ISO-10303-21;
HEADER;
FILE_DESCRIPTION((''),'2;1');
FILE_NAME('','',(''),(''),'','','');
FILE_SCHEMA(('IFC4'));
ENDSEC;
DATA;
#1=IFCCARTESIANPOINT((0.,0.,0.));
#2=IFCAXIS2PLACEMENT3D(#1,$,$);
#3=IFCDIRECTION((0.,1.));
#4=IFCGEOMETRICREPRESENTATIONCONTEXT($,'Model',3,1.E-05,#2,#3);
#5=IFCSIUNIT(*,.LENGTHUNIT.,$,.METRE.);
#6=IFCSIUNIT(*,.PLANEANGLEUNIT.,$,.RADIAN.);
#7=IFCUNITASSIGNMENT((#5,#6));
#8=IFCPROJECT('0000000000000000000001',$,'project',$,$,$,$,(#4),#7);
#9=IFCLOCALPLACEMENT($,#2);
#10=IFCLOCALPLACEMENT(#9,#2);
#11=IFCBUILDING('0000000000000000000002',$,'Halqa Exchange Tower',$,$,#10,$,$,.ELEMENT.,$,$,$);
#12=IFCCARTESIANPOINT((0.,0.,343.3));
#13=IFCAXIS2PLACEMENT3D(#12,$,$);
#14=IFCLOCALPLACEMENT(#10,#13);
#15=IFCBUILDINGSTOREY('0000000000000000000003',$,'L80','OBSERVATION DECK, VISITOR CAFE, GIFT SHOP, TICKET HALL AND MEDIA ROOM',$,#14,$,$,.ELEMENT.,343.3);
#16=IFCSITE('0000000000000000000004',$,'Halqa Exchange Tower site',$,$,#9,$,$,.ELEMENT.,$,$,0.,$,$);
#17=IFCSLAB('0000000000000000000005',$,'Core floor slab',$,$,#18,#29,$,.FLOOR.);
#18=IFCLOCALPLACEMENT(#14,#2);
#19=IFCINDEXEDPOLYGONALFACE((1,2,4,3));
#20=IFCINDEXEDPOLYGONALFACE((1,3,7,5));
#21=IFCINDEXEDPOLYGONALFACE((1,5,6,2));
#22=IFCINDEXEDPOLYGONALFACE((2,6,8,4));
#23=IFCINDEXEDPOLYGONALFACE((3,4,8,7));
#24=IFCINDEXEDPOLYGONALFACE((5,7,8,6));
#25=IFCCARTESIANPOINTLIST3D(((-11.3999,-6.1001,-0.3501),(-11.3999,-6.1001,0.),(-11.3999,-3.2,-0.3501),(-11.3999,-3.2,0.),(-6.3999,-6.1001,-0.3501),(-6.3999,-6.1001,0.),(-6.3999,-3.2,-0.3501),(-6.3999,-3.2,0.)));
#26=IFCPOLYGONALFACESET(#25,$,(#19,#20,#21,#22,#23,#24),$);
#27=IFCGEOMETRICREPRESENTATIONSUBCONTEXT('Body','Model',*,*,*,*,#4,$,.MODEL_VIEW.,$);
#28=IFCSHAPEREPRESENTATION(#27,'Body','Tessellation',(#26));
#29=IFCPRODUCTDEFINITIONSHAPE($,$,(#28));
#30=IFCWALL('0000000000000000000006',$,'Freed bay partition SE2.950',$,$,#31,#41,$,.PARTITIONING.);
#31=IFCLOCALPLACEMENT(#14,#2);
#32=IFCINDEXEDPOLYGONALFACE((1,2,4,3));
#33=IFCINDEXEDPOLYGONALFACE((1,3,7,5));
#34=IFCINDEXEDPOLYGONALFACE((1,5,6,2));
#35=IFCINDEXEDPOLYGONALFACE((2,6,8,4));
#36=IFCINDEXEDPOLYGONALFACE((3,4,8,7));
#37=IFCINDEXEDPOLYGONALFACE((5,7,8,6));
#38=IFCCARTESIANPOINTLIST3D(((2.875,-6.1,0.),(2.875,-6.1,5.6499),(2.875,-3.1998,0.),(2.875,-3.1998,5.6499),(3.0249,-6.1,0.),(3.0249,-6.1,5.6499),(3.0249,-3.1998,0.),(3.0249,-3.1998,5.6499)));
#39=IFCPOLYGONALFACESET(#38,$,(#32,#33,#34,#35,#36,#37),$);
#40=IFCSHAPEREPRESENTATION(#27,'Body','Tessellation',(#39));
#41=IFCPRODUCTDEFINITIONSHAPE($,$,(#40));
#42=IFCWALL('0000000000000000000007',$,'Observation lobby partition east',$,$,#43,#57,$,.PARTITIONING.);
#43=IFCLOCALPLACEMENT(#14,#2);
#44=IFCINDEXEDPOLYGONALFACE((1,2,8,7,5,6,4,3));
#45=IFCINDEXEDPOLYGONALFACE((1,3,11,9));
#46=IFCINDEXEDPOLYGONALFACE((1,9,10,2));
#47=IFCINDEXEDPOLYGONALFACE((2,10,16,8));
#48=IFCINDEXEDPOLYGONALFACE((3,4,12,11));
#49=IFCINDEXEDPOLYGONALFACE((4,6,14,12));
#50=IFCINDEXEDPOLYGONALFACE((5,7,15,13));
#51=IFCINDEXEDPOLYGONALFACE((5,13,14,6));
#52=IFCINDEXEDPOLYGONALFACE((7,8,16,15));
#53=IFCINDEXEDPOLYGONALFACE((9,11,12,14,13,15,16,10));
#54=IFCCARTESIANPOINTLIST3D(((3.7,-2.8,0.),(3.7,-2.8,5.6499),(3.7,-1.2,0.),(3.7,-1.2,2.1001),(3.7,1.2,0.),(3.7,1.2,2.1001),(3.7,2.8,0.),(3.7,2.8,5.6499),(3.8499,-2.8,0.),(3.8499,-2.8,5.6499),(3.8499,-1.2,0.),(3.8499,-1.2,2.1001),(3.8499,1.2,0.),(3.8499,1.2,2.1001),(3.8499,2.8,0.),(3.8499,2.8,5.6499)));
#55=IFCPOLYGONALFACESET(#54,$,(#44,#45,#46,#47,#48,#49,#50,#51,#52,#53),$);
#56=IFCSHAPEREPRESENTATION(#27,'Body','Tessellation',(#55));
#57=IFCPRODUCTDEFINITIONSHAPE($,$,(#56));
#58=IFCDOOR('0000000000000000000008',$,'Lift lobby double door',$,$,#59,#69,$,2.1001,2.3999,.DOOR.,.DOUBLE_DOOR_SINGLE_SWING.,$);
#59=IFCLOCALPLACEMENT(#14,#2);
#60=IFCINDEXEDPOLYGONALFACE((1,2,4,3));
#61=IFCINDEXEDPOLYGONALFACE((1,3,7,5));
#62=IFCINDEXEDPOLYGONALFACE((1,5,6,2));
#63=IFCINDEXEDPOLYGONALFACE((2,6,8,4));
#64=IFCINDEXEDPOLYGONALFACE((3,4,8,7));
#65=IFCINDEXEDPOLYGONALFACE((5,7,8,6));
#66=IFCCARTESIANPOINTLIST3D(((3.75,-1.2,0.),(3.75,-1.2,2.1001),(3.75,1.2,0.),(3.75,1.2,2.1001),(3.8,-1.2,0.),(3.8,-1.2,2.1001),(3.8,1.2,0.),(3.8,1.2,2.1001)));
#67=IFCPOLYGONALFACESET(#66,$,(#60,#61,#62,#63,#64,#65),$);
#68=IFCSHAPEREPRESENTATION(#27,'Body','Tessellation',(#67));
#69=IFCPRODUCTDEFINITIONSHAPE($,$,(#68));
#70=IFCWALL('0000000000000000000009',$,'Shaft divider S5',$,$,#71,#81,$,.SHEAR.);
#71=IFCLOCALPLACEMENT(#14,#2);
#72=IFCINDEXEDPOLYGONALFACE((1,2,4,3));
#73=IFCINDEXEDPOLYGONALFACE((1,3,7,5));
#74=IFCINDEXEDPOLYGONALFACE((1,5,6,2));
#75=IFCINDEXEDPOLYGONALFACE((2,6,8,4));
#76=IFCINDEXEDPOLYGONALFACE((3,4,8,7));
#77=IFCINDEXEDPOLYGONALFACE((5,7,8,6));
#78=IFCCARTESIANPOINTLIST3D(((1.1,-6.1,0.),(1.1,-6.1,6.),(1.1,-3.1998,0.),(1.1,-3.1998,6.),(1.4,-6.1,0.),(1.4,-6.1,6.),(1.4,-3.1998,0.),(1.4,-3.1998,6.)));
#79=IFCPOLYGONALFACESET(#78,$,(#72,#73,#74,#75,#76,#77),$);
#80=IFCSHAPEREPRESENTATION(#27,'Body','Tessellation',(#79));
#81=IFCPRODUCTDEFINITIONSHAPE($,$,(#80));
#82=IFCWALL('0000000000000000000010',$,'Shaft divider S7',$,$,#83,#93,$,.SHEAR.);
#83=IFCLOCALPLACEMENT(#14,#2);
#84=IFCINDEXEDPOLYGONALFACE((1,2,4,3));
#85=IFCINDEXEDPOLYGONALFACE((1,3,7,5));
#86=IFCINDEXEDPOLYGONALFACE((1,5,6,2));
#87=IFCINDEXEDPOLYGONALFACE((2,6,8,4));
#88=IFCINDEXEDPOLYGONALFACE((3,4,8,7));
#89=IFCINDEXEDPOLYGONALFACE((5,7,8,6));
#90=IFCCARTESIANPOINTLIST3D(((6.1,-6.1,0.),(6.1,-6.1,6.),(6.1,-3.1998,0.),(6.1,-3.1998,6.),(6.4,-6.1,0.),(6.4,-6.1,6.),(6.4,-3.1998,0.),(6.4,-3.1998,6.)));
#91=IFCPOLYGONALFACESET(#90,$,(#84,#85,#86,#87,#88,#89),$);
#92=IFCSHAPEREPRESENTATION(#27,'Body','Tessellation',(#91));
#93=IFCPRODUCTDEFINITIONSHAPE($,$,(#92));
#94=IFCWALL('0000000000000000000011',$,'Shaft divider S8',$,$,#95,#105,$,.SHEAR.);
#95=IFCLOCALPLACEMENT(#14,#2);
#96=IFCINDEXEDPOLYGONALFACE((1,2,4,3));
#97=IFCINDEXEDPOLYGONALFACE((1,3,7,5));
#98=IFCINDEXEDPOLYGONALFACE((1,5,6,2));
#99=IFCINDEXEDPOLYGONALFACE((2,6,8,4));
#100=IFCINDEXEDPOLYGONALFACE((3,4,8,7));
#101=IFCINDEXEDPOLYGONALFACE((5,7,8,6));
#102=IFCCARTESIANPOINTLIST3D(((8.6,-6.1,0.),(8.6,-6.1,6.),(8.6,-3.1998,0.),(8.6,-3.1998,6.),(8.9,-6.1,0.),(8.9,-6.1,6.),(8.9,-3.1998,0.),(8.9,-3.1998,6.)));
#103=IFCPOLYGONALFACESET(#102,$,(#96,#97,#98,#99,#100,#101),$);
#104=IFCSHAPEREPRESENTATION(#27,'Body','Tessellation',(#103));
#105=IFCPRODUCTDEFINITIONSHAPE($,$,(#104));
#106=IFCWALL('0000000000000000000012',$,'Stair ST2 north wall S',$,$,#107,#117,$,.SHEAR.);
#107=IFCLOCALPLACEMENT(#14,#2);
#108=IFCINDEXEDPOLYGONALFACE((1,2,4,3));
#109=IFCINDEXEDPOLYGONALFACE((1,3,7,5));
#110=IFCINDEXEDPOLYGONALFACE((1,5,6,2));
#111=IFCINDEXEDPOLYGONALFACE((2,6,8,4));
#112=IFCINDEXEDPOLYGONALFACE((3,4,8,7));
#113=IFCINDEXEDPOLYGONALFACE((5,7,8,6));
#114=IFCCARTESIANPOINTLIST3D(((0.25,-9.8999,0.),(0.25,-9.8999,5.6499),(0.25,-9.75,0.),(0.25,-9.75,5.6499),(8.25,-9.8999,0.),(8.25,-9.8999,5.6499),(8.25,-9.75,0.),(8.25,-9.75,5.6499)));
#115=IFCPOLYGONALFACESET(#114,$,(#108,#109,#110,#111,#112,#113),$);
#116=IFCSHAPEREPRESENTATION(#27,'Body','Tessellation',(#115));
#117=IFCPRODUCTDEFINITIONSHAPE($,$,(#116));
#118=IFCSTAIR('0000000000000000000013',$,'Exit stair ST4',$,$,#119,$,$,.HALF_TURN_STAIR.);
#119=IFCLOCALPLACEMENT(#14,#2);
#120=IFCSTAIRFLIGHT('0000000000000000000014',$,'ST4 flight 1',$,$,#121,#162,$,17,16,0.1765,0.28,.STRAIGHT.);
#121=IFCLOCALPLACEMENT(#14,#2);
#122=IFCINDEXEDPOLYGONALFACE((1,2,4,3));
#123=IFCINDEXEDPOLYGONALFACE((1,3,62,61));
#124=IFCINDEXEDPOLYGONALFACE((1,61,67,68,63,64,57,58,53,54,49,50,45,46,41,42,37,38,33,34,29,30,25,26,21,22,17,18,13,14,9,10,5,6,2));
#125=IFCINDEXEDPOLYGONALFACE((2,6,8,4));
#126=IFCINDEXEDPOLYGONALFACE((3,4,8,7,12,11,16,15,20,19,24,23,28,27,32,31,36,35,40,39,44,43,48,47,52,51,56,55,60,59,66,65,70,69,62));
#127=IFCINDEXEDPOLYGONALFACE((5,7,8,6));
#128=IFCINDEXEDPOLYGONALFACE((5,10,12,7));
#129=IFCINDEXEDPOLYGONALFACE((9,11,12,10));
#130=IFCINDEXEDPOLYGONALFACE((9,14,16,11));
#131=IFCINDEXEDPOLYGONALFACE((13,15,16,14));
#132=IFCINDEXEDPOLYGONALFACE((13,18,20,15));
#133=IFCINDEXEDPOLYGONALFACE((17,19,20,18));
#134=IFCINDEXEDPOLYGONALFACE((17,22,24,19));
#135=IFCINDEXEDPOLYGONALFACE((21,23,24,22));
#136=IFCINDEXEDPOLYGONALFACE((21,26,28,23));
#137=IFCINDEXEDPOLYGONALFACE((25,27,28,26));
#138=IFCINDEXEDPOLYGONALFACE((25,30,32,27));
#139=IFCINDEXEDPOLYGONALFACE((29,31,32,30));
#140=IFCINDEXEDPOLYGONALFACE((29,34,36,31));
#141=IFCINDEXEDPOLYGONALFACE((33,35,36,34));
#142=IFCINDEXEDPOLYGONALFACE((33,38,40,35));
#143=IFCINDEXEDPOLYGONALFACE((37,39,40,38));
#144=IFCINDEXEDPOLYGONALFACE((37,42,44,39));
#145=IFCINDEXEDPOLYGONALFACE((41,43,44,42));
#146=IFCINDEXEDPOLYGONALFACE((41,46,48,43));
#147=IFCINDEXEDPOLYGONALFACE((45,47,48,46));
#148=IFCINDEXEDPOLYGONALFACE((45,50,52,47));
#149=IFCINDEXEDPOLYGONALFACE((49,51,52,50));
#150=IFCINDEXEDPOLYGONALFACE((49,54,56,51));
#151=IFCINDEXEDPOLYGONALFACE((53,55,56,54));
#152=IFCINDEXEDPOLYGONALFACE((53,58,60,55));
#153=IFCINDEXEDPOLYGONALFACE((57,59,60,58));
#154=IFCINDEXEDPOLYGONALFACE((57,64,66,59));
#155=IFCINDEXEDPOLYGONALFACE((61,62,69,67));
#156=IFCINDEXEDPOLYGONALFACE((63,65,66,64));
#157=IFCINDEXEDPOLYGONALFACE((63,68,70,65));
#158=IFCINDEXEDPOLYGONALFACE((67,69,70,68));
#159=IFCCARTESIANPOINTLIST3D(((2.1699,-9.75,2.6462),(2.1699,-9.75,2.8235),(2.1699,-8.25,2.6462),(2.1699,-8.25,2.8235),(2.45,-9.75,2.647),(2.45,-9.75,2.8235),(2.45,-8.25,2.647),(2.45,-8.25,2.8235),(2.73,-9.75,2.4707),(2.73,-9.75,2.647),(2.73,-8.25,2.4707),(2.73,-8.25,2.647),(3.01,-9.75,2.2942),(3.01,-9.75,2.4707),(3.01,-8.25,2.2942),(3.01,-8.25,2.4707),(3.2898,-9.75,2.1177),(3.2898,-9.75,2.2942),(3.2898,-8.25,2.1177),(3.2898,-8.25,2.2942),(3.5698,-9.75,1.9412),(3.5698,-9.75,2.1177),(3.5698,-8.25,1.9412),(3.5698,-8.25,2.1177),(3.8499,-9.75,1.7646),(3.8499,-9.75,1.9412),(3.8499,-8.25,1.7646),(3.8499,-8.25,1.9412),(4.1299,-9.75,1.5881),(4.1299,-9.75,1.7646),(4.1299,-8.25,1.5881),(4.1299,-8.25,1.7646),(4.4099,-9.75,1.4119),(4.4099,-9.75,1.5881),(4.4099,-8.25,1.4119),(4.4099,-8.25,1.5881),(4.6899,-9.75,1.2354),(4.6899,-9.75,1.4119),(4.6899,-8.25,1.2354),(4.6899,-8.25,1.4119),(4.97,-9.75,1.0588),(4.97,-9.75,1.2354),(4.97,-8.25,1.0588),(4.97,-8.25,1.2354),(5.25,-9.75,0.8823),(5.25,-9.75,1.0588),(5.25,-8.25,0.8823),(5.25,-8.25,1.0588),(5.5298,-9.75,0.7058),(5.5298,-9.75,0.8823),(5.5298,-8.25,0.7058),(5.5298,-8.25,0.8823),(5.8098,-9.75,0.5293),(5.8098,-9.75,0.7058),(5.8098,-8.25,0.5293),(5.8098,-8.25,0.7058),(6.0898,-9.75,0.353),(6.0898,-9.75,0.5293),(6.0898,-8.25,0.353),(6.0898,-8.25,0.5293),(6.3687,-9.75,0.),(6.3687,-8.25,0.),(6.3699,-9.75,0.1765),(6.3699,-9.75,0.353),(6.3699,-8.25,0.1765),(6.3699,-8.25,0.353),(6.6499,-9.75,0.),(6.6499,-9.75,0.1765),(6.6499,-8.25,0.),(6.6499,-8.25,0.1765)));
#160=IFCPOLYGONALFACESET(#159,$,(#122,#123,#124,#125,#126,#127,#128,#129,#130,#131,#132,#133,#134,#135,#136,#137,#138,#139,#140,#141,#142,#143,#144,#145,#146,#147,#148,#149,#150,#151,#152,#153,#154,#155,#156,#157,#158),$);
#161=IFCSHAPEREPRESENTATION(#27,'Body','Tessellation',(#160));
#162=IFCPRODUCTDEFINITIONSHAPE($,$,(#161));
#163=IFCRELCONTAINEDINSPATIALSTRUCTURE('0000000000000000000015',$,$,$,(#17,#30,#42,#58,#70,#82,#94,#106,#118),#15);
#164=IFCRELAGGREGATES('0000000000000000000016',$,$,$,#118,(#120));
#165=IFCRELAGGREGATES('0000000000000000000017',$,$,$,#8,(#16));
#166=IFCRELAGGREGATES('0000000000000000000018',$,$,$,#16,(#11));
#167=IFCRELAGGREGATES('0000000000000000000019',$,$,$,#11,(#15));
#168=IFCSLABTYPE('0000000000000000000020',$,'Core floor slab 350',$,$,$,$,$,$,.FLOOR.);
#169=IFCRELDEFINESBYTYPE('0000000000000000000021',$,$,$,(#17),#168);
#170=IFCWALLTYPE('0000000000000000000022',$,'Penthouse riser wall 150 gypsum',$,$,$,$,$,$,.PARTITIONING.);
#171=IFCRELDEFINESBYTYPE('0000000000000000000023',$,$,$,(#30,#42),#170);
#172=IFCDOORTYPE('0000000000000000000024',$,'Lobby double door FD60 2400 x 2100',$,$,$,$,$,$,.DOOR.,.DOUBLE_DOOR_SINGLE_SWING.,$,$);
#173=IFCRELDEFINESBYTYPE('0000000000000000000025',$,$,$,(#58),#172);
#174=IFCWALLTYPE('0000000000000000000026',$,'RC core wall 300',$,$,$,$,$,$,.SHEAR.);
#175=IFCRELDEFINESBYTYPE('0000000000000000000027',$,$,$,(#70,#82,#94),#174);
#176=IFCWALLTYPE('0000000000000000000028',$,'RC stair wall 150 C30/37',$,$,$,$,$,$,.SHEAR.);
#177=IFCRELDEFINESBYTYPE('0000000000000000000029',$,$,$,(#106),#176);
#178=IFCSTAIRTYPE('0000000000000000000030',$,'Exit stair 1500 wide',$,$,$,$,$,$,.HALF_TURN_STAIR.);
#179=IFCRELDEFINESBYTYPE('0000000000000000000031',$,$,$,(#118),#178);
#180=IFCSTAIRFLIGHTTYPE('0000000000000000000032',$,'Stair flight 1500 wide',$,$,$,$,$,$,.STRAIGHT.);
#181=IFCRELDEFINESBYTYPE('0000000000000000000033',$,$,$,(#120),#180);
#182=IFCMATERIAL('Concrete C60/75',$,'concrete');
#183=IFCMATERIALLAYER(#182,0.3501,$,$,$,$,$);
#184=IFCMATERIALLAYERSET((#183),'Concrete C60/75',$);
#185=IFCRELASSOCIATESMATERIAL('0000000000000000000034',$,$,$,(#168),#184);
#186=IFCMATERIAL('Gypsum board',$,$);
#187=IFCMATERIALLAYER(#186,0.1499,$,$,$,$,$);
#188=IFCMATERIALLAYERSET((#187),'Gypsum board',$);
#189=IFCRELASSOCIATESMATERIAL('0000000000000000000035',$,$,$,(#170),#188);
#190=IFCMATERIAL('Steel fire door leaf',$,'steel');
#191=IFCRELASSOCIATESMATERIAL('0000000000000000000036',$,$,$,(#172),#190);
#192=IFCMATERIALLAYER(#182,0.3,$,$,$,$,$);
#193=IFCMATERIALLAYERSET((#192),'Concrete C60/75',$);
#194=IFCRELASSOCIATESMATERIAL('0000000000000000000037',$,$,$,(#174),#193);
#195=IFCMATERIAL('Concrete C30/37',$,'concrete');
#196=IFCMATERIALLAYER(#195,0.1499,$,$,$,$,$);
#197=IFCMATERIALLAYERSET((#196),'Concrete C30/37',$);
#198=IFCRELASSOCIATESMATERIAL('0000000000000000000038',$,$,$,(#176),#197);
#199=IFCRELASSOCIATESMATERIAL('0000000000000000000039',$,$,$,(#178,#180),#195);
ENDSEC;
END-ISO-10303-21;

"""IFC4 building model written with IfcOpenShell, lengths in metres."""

from ifc_helpers import new_model, si_unit, direction, frame, frame_2d, origin, place, context, subcontext, project, spatial, polyline, rectangle, outline, extrude, material, layer, layer_set, type_object, element, fill, aggregate, save


model = new_model("IFC4")

# Units and contexts
model_context = context("Model", 3, precision=1e-05, world=origin(), true_north=direction((0.0, 1.0)))
body_context = subcontext(model_context, "Body", "Model", "MODEL_VIEW")
ifc_project = project(units=[si_unit("LENGTHUNIT", "METRE"), si_unit("PLANEANGLEUNIT", "RADIAN")], contexts=[model_context])

# Site, building, storey
site_placement = place(None, origin())
site = spatial("IfcSite", under=ifc_project, at=site_placement, Name="Halqa Exchange Tower site", CompositionType="ELEMENT", RefElevation=0.0)
building_placement = place(site_placement, origin())
building = spatial("IfcBuilding", under=site, at=building_placement, Name="Halqa Exchange Tower", CompositionType="ELEMENT")
storey_placement = place(building_placement, frame((0.0, 0.0, 343.3)))
storey = spatial("IfcBuildingStorey", under=building, at=storey_placement, Name="L80", Description="OBSERVATION DECK, VISITOR CAFE, GIFT SHOP, TICKET HALL AND MEDIA ROOM", CompositionType="ELEMENT", Elevation=343.3)

# Slab
ifc_material_1 = material(Name="Concrete C60/75", Category="concrete")
ifc_layer_1 = layer(ifc_material_1, 0.3501)
ifc_layer_set_1 = layer_set([ifc_layer_1], Name="Concrete C60/75")
slab_type = type_object("IfcSlabType", Name="Core floor slab 350", PredefinedType="FLOOR", material=ifc_layer_set_1)
slab_placement = place(storey_placement, frame((0.0, 0.0, -0.3501)))
element("IfcSlab", 1, at=slab_placement, inside=storey, type_object=slab_type, Name="Core floor slab", PredefinedType="FLOOR", context=body_context, shape_type="SweptSolid", body=[
    extrude(outline(polyline([(-6.3999, -6.1001), (-11.3999, -6.1001), (-11.3999, -3.2), (-6.3999, -3.2), (-6.3999, -6.1001)])), origin(), (0.0, 0.0, 1.0), 0.3501),
])

# Wall
ifc_material_2 = material(Name="Gypsum board")
ifc_layer_2 = layer(ifc_material_2, 0.1499)
ifc_layer_set_2 = layer_set([ifc_layer_2], Name="Gypsum board")
wall_type_1 = type_object("IfcWallType", Name="Penthouse riser wall 150 gypsum", PredefinedType="PARTITIONING", material=ifc_layer_set_2)
wall_1_placement = place(storey_placement, frame((2.95, -6.1001, 0.0), z_axis=(0.0, 0.0, 1.0), x_axis=(0.0, 1.0, 0.0)))
element("IfcWall", 2, at=wall_1_placement, inside=storey, type_object=wall_type_1, Name="Freed bay partition SE2.950", PredefinedType="PARTITIONING", context=body_context, shape_type="SweptSolid", body=[
    extrude(rectangle(XDim=2.9001, YDim=0.1499, at=frame_2d((1.4502, 0.0))), origin(), (0.0, 0.0, 1.0), 5.6499),
])

# Wall, opening, door
wall_2_placement = place(storey_placement, frame((3.7749, -2.8, 0.0), z_axis=(0.0, 0.0, 1.0), x_axis=(0.0, 1.0, 0.0)))
wall_2 = element("IfcWall", 3, at=wall_2_placement, inside=storey, type_object=wall_type_1, Name="Observation lobby partition east", PredefinedType="PARTITIONING", context=body_context, shape_type="SweptSolid", body=[
    extrude(rectangle(XDim=5.6001, YDim=0.1499, at=frame_2d((2.8, 0.0))), origin(), (0.0, 0.0, 1.0), 5.6499),
])
opening_placement = place(wall_2_placement, frame((1.6001, 0.0, 0.0)))
opening = element("IfcOpeningElement", 4, at=opening_placement, cuts=wall_2, PredefinedType="OPENING", context=body_context, shape_type="SweptSolid", body=[
    extrude(rectangle(XDim=2.3999, YDim=2.1001, at=frame_2d((1.2, 1.05))), frame((0.0, 0.0869, 0.0), z_axis=(0.0, -1.0, 0.0), x_axis=(1.0, 0.0, 0.0)), (0.0, 0.0, 1.0), 0.1738),
])
ifc_material_3 = material(Name="Steel fire door leaf", Category="steel")
door_type = type_object("IfcDoorType", Name="Lobby double door FD60 2400 x 2100", OperationType="DOUBLE_DOOR_SINGLE_SWING", PredefinedType="DOOR", material=ifc_material_3)
door_placement = place(opening_placement, origin())
door = element("IfcDoor", 5, at=door_placement, inside=storey, type_object=door_type, Name="Lift lobby double door", OperationType="DOUBLE_DOOR_SINGLE_SWING", OverallHeight=2.1001, OverallWidth=2.3999, PredefinedType="DOOR", context=body_context, shape_type="SweptSolid", body=[
    extrude(rectangle(XDim=2.3999, YDim=2.1001, at=frame_2d((1.2, 1.05))), frame((0.0, 0.0249, 0.0), z_axis=(0.0, -1.0, 0.0), x_axis=(1.0, 0.0, 0.0)), (0.0, 0.0, 1.0), 0.05),
])
fill(opening, door)

# Walls
ifc_layer_3 = layer(ifc_material_1, 0.3)
ifc_layer_set_3 = layer_set([ifc_layer_3], Name="Concrete C60/75")
wall_type_2 = type_object("IfcWallType", Name="RC core wall 300", PredefinedType="SHEAR", material=ifc_layer_set_3)
for number, where, z_axis, x_axis, name in (
    (6, (1.25, -6.1001, 0.0), (0.0, 0.0, 1.0), (0.0, 1.0, 0.0), "Shaft divider S5"),
    (7, (6.25, -6.1001, 0.0), (0.0, 0.0, 1.0), (0.0, 1.0, 0.0), "Shaft divider S7"),
    (8, (8.75, -6.1001, 0.0), (0.0, 0.0, 1.0), (0.0, 1.0, 0.0), "Shaft divider S8"),
):
    element("IfcWall", number, at=place(storey_placement, frame(where, z_axis=z_axis, x_axis=x_axis)), inside=storey, type_object=wall_type_2, Name=name, PredefinedType="SHEAR", context=body_context, shape_type="SweptSolid", body=[
        extrude(rectangle(XDim=2.9001, YDim=0.3, at=frame_2d((1.4502, 0.0))), origin(), (0.0, 0.0, 1.0), 6.0),
    ])
ifc_material_4 = material(Name="Concrete C30/37", Category="concrete")
ifc_layer_4 = layer(ifc_material_4, 0.1499)
ifc_layer_set_4 = layer_set([ifc_layer_4], Name="Concrete C30/37")
wall_type_3 = type_object("IfcWallType", Name="RC stair wall 150 C30/37", PredefinedType="SHEAR", material=ifc_layer_set_4)
wall_3_placement = place(storey_placement, frame((0.25, -9.825, 0.0), z_axis=(0.0, 0.0, 1.0), x_axis=(1.0, 0.0, 0.0)))
element("IfcWall", 9, at=wall_3_placement, inside=storey, type_object=wall_type_3, Name="Stair ST2 north wall S", PredefinedType="SHEAR", context=body_context, shape_type="SweptSolid", body=[
    extrude(rectangle(XDim=8.0, YDim=0.1499, at=frame_2d((4.0, 0.0))), origin(), (0.0, 0.0, 1.0), 5.6499),
])

# Stair, stair flight
stair_type = type_object("IfcStairType", Name="Exit stair 1500 wide", PredefinedType="HALF_TURN_STAIR", material=ifc_material_4)
stair_placement = place(storey_placement, origin())
stair = element("IfcStair", 10, at=stair_placement, inside=storey, type_object=stair_type, Name="Exit stair ST4", PredefinedType="HALF_TURN_STAIR")
stair_flight_type = type_object("IfcStairFlightType", Name="Stair flight 1500 wide", PredefinedType="STRAIGHT", material=ifc_material_4)
stair_flight_1_placement = place(storey_placement, frame((6.6499, -9.0, 0.0), z_axis=(0.0, 0.0, 1.0), x_axis=(-1.0, 0.0, 0.0)))
stair_flight_1 = element("IfcStairFlight", 11, at=stair_flight_1_placement, type_object=stair_flight_type, Name="ST4 flight 1", NumberOfRisers=17, NumberOfTreads=16, PredefinedType="STRAIGHT", RiserHeight=0.1765, TreadLength=0.28, context=body_context, shape_type="SweptSolid", body=[
    extrude(outline(polyline([(0.0, 0.0), (0.0, 0.1765), (0.28, 0.1765), (0.28, 0.353), (0.5601, 0.353), (0.5601, 0.5293), (0.8401, 0.5293), (0.8401, 0.7058), (1.1201, 0.7058), (1.1201, 0.8823), (1.3999, 0.8823), (1.3999, 1.0588), (1.6799, 1.0588), (1.6799, 1.2354), (1.96, 1.2354), (1.96, 1.4119), (2.24, 1.4119), (2.24, 1.5881), (2.52, 1.5881), (2.52, 1.7646), (2.8, 1.7646), (2.8, 1.9412), (3.0801, 1.9412), (3.0801, 2.1177), (3.3601, 2.1177), (3.3601, 2.2942), (3.6399, 2.2942), (3.6399, 2.4707), (3.9199, 2.4707), (3.9199, 2.647), (4.2, 2.647), (4.2, 2.8235), (4.48, 2.8235), (4.48, 3.0), (4.48, 2.6462), (0.2812, 0.0), (0.0, 0.0)])), frame((0.0, 0.75, 0.0), z_axis=(0.0, -1.0, 0.0), x_axis=(1.0, 0.0, 0.0)), (0.0, 0.0, 1.0), 1.5),
])
aggregate(stair, [stair_flight_1])

save(model, "model.ifc")
